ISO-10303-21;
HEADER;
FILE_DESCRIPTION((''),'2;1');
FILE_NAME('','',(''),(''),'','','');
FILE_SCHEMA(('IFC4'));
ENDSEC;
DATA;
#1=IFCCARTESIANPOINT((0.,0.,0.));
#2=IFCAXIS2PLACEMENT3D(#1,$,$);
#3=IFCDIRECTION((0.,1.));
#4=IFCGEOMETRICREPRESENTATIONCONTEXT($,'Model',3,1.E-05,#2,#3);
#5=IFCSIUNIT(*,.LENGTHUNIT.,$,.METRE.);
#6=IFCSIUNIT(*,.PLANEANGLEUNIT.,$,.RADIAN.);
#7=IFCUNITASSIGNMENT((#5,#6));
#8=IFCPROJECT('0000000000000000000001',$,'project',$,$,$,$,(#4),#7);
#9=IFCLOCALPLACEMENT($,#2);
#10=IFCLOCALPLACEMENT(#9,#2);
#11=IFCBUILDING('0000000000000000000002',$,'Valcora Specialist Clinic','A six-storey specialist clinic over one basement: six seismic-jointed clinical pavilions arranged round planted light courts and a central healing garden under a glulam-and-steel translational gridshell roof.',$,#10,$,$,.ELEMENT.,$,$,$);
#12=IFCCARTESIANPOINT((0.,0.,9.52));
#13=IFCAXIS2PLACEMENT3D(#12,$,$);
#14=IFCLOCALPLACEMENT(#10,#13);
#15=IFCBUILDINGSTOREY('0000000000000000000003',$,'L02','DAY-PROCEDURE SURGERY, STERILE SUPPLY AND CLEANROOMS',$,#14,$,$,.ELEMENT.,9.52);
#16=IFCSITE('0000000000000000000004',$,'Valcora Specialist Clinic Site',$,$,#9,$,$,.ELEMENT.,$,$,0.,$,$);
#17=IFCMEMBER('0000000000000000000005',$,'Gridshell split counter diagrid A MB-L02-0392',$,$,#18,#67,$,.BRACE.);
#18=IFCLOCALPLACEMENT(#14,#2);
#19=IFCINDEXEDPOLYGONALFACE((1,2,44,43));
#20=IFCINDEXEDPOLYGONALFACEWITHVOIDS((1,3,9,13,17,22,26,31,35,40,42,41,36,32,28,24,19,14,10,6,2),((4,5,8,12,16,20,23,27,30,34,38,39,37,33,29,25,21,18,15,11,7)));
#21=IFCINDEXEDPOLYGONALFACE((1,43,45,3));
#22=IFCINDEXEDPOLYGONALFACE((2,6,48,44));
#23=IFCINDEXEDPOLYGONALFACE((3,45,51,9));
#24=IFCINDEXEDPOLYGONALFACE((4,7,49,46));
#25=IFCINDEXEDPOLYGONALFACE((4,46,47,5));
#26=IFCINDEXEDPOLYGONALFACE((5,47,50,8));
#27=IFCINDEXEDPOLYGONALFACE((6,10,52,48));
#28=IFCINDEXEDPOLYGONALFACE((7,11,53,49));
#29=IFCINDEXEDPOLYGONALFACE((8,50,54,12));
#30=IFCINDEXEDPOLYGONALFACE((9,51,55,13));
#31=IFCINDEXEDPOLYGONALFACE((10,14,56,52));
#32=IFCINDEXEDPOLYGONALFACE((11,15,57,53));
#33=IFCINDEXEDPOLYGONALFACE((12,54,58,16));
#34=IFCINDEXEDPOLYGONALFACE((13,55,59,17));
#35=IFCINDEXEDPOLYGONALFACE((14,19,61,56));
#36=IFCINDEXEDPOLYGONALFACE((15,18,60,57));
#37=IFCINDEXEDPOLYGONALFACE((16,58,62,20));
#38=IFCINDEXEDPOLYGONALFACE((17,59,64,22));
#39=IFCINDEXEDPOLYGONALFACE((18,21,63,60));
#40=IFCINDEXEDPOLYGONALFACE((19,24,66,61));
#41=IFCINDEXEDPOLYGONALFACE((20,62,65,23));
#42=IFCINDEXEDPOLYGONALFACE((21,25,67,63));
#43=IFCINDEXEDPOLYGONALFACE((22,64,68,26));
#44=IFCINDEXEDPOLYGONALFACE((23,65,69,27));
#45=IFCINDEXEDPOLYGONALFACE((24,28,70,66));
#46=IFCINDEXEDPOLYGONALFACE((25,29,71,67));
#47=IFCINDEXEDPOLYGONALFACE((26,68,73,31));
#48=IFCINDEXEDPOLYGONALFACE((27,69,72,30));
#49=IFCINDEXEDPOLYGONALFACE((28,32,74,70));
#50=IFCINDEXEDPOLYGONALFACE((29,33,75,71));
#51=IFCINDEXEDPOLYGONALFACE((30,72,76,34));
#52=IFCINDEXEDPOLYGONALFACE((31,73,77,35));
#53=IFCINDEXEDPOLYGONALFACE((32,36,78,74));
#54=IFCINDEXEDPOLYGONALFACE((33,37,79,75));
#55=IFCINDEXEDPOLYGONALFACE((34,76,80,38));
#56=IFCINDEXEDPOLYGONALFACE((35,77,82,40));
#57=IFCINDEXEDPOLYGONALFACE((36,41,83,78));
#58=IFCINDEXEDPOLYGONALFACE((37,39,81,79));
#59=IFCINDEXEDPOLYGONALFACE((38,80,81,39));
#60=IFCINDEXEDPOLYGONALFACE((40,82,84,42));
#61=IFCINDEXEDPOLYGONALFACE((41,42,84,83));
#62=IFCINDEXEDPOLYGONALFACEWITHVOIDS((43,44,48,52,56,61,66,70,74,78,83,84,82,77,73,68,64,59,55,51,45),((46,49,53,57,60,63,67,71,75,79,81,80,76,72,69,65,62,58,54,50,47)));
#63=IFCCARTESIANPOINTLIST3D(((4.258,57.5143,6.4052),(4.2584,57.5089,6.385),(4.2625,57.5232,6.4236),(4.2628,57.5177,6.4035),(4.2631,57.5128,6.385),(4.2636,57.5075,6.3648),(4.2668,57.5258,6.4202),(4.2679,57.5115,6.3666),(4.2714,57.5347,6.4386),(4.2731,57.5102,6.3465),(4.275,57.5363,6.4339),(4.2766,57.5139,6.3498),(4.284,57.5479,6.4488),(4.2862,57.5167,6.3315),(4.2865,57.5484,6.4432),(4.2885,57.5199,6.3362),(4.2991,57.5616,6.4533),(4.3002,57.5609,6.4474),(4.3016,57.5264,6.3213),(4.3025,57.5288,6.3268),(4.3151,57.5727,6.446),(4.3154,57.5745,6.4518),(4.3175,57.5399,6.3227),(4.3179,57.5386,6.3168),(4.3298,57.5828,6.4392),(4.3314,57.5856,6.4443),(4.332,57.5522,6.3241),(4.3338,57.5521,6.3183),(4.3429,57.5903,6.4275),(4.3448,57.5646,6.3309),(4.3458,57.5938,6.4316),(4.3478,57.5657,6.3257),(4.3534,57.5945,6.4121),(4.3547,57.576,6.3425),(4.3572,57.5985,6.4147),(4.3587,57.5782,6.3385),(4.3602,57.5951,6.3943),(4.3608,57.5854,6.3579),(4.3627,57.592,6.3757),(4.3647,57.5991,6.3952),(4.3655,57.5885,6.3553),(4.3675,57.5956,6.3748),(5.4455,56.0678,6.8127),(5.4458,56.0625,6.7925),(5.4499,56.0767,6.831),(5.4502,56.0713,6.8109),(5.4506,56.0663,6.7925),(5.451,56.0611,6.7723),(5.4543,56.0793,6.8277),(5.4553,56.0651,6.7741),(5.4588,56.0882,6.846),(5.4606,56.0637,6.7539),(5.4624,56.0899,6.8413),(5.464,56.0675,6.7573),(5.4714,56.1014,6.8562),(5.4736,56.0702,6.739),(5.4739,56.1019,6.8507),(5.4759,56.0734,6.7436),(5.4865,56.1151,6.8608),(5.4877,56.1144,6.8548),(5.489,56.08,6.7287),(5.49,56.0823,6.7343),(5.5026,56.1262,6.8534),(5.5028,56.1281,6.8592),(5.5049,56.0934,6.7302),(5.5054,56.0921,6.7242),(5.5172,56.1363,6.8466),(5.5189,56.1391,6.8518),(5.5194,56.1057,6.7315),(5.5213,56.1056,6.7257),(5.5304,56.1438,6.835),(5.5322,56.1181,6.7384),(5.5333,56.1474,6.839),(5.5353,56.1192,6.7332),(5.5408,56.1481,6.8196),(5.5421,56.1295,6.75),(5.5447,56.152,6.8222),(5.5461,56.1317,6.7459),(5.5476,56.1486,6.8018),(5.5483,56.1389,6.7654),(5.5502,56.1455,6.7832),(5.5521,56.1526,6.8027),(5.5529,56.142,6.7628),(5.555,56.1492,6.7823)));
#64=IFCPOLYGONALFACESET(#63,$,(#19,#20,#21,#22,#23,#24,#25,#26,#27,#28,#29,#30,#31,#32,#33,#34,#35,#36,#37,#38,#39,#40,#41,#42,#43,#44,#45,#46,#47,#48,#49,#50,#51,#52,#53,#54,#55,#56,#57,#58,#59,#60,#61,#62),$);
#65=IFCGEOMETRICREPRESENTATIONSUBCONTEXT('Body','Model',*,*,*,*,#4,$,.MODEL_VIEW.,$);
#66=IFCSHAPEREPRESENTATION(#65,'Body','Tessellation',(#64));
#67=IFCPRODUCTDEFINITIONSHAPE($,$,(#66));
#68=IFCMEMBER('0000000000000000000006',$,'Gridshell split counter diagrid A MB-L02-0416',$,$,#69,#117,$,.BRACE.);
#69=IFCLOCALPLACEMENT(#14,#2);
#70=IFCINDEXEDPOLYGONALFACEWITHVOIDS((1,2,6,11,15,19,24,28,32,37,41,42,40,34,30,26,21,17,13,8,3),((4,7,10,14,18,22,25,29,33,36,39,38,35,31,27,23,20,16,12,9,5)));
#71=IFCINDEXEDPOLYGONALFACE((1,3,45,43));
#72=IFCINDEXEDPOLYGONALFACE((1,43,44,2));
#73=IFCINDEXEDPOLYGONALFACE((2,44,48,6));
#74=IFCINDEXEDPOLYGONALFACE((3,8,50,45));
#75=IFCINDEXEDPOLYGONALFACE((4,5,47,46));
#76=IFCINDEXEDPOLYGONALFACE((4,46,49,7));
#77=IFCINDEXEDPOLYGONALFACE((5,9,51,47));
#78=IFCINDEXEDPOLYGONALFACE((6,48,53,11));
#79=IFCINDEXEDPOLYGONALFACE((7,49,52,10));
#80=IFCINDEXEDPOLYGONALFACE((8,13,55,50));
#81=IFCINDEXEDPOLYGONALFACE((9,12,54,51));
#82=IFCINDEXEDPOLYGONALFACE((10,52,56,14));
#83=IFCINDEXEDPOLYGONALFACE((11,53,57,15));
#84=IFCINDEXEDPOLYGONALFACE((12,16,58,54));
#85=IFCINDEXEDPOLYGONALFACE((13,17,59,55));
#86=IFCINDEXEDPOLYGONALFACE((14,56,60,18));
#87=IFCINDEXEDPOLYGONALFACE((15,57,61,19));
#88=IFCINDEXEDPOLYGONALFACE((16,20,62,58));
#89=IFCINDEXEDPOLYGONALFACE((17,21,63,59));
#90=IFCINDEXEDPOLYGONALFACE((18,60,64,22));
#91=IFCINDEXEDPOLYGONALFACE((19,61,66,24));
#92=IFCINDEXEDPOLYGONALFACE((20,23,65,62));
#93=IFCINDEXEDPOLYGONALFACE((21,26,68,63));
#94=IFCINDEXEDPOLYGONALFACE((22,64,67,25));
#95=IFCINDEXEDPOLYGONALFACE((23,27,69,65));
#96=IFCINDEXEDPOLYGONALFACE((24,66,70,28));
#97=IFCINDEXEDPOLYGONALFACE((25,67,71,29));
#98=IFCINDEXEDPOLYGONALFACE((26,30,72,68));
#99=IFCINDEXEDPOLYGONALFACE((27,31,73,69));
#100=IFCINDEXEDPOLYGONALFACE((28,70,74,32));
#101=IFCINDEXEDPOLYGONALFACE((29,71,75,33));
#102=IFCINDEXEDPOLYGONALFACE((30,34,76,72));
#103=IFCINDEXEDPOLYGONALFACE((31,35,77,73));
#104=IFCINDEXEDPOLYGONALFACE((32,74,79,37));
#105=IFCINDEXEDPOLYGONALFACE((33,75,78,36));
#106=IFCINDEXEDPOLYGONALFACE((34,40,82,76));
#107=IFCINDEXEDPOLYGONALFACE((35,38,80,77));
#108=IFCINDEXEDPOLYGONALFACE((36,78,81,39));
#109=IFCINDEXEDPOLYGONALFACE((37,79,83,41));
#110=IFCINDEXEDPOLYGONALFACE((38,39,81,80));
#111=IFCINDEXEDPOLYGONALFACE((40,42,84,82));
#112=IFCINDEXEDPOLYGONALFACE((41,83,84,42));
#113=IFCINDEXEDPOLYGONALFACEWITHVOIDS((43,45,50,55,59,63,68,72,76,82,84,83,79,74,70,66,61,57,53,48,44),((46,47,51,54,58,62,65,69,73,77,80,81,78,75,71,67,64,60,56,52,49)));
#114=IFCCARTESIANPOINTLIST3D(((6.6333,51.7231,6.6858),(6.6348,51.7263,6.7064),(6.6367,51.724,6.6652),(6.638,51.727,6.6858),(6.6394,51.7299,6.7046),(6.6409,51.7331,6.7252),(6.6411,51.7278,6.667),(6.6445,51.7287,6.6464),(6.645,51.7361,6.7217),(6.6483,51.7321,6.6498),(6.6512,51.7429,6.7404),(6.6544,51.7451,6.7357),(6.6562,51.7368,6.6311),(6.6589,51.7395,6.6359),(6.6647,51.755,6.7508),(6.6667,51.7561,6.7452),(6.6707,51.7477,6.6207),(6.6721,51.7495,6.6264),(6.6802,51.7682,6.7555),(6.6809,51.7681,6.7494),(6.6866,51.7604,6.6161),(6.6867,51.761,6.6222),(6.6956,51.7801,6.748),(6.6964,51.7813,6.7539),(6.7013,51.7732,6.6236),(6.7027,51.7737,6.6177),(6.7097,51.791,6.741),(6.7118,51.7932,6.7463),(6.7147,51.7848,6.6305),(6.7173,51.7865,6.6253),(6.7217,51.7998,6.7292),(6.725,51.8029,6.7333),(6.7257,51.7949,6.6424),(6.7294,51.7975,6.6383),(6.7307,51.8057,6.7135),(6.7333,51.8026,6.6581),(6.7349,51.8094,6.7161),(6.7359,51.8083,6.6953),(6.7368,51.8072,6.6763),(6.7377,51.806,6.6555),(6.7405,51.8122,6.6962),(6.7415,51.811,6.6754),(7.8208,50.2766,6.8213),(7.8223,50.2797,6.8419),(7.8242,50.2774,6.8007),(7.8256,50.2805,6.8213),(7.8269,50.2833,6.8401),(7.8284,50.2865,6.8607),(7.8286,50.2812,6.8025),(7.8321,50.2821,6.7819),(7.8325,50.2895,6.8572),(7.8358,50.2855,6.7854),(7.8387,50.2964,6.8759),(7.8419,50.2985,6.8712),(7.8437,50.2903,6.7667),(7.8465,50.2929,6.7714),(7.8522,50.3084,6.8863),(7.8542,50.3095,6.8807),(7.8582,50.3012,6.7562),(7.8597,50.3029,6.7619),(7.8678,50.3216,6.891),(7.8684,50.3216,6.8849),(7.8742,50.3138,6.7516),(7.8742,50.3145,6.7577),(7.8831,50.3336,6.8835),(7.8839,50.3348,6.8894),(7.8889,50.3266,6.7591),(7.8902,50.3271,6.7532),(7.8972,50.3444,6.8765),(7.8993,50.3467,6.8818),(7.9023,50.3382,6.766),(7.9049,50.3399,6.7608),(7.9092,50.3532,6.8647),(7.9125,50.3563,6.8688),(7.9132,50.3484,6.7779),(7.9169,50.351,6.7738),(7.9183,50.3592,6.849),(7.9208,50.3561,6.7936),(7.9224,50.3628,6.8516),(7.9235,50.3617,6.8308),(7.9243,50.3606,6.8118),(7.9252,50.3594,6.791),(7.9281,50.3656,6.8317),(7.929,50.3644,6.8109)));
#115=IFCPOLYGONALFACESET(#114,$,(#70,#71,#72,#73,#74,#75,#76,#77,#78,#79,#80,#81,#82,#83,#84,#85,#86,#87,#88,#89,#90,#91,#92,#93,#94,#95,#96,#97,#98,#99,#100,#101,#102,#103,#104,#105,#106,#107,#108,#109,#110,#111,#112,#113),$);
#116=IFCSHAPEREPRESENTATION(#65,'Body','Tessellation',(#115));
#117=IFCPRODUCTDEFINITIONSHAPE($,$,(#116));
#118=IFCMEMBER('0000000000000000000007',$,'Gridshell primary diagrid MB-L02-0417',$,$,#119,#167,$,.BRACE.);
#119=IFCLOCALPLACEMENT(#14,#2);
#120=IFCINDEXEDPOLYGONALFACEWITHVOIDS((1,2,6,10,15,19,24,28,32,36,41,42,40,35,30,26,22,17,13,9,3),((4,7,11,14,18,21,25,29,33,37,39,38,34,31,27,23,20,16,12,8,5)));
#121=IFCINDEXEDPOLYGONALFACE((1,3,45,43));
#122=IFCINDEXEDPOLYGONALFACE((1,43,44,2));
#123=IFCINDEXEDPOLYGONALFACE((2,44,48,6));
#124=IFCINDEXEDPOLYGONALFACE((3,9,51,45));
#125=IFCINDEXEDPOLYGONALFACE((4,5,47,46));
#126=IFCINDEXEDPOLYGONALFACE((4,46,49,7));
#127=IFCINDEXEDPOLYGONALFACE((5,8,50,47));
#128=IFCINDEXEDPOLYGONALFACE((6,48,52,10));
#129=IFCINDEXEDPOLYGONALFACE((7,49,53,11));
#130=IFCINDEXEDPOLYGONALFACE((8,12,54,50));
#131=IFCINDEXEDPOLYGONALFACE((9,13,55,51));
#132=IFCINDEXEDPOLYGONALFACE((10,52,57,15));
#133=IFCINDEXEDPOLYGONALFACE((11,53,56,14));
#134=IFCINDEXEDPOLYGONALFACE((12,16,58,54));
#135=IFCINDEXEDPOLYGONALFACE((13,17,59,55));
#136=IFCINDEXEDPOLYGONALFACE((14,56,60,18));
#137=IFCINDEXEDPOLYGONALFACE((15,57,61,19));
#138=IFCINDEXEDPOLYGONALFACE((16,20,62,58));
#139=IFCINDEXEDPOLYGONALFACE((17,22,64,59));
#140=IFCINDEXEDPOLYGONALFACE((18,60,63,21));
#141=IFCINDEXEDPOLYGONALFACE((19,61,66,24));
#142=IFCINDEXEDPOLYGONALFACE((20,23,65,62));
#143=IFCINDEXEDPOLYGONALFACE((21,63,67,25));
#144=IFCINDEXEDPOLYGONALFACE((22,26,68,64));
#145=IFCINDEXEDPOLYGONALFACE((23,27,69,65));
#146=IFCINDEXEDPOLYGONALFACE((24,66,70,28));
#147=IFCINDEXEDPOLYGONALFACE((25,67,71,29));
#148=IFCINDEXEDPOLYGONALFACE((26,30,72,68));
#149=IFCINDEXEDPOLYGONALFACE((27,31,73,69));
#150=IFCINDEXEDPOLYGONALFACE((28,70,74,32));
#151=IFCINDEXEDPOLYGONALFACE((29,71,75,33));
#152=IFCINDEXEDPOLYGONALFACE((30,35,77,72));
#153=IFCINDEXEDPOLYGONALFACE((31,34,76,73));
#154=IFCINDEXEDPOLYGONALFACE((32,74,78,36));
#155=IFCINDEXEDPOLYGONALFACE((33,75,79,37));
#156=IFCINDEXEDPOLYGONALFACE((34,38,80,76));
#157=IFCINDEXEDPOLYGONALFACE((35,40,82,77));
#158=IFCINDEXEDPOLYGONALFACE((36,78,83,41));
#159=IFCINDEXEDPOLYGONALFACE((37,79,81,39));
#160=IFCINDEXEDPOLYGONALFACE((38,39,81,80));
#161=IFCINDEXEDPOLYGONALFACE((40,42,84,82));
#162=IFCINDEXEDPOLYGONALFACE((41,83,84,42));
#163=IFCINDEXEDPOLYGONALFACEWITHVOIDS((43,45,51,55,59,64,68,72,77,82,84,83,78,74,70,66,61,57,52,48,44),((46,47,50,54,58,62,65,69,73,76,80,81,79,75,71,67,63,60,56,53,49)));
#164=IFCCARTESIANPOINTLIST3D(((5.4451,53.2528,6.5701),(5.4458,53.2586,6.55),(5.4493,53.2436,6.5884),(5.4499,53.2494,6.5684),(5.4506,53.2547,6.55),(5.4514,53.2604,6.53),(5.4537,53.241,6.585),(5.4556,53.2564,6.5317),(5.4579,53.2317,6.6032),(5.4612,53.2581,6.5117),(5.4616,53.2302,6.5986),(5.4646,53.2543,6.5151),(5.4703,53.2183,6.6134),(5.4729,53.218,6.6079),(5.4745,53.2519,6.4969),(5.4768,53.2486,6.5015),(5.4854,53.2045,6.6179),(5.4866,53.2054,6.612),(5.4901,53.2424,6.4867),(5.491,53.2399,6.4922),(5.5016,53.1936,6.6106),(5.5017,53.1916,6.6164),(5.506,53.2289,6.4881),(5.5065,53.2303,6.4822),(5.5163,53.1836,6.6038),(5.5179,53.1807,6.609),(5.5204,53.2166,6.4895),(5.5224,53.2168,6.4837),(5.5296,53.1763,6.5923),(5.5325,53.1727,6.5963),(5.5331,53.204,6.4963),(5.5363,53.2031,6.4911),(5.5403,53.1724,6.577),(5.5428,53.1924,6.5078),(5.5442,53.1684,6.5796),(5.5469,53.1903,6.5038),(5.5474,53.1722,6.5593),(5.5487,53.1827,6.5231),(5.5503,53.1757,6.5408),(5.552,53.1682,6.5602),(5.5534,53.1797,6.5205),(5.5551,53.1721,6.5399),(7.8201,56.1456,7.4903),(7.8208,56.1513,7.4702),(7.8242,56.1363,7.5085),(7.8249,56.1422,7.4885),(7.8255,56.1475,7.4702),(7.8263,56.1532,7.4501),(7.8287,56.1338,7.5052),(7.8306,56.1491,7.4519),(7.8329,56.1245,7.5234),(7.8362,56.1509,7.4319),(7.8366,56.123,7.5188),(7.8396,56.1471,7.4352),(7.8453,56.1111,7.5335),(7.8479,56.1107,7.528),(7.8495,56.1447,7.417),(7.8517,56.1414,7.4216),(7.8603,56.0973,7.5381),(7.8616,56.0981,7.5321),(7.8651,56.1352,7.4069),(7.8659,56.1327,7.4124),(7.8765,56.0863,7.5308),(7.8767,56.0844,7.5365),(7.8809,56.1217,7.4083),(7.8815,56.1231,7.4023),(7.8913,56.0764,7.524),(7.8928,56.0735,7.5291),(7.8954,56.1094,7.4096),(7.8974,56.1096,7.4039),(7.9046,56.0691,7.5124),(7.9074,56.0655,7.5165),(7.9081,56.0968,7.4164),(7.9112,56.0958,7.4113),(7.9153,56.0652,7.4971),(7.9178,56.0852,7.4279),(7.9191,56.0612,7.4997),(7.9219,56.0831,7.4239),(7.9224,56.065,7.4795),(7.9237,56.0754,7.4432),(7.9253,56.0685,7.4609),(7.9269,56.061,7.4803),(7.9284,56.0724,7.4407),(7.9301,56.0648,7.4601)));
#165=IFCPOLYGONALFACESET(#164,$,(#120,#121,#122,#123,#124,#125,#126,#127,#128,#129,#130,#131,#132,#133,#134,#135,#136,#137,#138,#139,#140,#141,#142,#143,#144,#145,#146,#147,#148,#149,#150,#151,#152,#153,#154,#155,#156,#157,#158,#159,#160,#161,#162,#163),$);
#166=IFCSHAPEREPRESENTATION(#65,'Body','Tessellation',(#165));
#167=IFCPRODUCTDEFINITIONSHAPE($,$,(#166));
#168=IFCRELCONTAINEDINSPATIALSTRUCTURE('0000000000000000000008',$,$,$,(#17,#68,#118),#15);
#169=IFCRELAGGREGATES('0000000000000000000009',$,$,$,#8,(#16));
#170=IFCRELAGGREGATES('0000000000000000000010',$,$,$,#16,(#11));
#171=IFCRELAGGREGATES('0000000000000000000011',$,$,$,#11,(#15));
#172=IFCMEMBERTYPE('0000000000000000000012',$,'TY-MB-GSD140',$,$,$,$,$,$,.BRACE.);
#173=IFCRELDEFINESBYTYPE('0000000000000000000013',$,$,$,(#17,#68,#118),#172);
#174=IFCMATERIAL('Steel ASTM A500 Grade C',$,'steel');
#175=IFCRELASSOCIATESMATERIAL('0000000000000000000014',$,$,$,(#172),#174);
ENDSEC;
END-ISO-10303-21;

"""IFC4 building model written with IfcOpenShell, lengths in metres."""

from ifc_helpers import new_model, si_unit, direction, frame, origin, origin_2d, place, context, subcontext, project, spatial, hollow_circle, extrude, material, material_profile, profile_set, type_object, element, save


model = new_model("IFC4")

# Units and contexts
model_context = context("Model", 3, precision=1e-05, world=origin(), true_north=direction((0.0, 1.0)))
body_context = subcontext(model_context, "Body", "Model", "MODEL_VIEW")
ifc_project = project(units=[si_unit("LENGTHUNIT", "METRE"), si_unit("PLANEANGLEUNIT", "RADIAN")], contexts=[model_context])

# Site, building, storey
site_placement = place(None, origin())
site = spatial("IfcSite", under=ifc_project, at=site_placement, Name="Valcora Specialist Clinic Site", CompositionType="ELEMENT", RefElevation=0.0)
building_placement = place(site_placement, origin())
building = spatial("IfcBuilding", under=site, at=building_placement, Name="Valcora Specialist Clinic", Description="A six-storey specialist clinic over one basement: six seismic-jointed clinical pavilions arranged round planted light courts and a central healing garden under a glulam-and-steel translational gridshell roof.", CompositionType="ELEMENT")
storey_placement = place(building_placement, frame((0.0, 0.0, 9.52)))
storey = spatial("IfcBuildingStorey", under=building, at=storey_placement, Name="L02", Description="DAY-PROCEDURE SURGERY, STERILE SUPPLY AND CLEANROOMS", CompositionType="ELEMENT", Elevation=9.52)

# Members
ifc_material_1 = material(Name="Steel ASTM A500 Grade C", Category="steel")
ifc_material_profile_1 = material_profile(ifc_material_1, hollow_circle(Radius=0.0701, WallThickness=0.0061, at=origin_2d()), Name="ST-CHS-140X6")
ifc_profile_set_1 = profile_set([ifc_material_profile_1], Name="Steel ASTM A500 Grade C")
member_type_1 = type_object("IfcMemberType", Name="TY-MB-GSD140", PredefinedType="BRACE", material=ifc_profile_set_1)
member_1_placement = place(storey_placement, frame((5.5, 56.1069, 6.7925), z_axis=(-0.619984, 0.755223, -0.212737), x_axis=(-0.772916, -0.634508, 0.0)))
element("IfcMember", 1, at=member_1_placement, inside=storey, type_object=member_type_1, Name="Gridshell split counter diagrid A MB-L02-0392", PredefinedType="BRACE", context=body_context, shape_type="SweptSolid", body=[
    extrude(hollow_circle(Radius=0.0701, WallThickness=0.0061, at=origin_2d()), origin(), (0.0, 0.0, 1.0), 1.9153),
])
member_2_placement = place(storey_placement, frame((7.875, 50.321, 6.8213), z_axis=(-0.632852, 0.770898, -0.072211), x_axis=(-0.772916, -0.634508, 0.0)))
element("IfcMember", 2, at=member_2_placement, inside=storey, type_object=member_type_1, Name="Gridshell split counter diagrid A MB-L02-0416", PredefinedType="BRACE", context=body_context, shape_type="SweptSolid", body=[
    extrude(hollow_circle(Radius=0.0701, WallThickness=0.0061, at=origin_2d()), origin(), (0.0, 0.0, 1.0), 1.8765),
])
member_3_placement = place(storey_placement, frame((5.5, 53.2141, 6.55), z_axis=(0.616192, 0.750541, 0.238737), x_axis=(-0.77289, 0.63454, 0.0)))
element("IfcMember", 3, at=member_3_placement, inside=storey, type_object=member_type_1, Name="Gridshell primary diagrid MB-L02-0417", PredefinedType="BRACE", context=body_context, shape_type="SweptSolid", body=[
    extrude(hollow_circle(Radius=0.0701, WallThickness=0.0061, at=origin_2d()), origin(), (0.0, 0.0, 1.0), 3.8542),
])

save(model, "model.ifc")
